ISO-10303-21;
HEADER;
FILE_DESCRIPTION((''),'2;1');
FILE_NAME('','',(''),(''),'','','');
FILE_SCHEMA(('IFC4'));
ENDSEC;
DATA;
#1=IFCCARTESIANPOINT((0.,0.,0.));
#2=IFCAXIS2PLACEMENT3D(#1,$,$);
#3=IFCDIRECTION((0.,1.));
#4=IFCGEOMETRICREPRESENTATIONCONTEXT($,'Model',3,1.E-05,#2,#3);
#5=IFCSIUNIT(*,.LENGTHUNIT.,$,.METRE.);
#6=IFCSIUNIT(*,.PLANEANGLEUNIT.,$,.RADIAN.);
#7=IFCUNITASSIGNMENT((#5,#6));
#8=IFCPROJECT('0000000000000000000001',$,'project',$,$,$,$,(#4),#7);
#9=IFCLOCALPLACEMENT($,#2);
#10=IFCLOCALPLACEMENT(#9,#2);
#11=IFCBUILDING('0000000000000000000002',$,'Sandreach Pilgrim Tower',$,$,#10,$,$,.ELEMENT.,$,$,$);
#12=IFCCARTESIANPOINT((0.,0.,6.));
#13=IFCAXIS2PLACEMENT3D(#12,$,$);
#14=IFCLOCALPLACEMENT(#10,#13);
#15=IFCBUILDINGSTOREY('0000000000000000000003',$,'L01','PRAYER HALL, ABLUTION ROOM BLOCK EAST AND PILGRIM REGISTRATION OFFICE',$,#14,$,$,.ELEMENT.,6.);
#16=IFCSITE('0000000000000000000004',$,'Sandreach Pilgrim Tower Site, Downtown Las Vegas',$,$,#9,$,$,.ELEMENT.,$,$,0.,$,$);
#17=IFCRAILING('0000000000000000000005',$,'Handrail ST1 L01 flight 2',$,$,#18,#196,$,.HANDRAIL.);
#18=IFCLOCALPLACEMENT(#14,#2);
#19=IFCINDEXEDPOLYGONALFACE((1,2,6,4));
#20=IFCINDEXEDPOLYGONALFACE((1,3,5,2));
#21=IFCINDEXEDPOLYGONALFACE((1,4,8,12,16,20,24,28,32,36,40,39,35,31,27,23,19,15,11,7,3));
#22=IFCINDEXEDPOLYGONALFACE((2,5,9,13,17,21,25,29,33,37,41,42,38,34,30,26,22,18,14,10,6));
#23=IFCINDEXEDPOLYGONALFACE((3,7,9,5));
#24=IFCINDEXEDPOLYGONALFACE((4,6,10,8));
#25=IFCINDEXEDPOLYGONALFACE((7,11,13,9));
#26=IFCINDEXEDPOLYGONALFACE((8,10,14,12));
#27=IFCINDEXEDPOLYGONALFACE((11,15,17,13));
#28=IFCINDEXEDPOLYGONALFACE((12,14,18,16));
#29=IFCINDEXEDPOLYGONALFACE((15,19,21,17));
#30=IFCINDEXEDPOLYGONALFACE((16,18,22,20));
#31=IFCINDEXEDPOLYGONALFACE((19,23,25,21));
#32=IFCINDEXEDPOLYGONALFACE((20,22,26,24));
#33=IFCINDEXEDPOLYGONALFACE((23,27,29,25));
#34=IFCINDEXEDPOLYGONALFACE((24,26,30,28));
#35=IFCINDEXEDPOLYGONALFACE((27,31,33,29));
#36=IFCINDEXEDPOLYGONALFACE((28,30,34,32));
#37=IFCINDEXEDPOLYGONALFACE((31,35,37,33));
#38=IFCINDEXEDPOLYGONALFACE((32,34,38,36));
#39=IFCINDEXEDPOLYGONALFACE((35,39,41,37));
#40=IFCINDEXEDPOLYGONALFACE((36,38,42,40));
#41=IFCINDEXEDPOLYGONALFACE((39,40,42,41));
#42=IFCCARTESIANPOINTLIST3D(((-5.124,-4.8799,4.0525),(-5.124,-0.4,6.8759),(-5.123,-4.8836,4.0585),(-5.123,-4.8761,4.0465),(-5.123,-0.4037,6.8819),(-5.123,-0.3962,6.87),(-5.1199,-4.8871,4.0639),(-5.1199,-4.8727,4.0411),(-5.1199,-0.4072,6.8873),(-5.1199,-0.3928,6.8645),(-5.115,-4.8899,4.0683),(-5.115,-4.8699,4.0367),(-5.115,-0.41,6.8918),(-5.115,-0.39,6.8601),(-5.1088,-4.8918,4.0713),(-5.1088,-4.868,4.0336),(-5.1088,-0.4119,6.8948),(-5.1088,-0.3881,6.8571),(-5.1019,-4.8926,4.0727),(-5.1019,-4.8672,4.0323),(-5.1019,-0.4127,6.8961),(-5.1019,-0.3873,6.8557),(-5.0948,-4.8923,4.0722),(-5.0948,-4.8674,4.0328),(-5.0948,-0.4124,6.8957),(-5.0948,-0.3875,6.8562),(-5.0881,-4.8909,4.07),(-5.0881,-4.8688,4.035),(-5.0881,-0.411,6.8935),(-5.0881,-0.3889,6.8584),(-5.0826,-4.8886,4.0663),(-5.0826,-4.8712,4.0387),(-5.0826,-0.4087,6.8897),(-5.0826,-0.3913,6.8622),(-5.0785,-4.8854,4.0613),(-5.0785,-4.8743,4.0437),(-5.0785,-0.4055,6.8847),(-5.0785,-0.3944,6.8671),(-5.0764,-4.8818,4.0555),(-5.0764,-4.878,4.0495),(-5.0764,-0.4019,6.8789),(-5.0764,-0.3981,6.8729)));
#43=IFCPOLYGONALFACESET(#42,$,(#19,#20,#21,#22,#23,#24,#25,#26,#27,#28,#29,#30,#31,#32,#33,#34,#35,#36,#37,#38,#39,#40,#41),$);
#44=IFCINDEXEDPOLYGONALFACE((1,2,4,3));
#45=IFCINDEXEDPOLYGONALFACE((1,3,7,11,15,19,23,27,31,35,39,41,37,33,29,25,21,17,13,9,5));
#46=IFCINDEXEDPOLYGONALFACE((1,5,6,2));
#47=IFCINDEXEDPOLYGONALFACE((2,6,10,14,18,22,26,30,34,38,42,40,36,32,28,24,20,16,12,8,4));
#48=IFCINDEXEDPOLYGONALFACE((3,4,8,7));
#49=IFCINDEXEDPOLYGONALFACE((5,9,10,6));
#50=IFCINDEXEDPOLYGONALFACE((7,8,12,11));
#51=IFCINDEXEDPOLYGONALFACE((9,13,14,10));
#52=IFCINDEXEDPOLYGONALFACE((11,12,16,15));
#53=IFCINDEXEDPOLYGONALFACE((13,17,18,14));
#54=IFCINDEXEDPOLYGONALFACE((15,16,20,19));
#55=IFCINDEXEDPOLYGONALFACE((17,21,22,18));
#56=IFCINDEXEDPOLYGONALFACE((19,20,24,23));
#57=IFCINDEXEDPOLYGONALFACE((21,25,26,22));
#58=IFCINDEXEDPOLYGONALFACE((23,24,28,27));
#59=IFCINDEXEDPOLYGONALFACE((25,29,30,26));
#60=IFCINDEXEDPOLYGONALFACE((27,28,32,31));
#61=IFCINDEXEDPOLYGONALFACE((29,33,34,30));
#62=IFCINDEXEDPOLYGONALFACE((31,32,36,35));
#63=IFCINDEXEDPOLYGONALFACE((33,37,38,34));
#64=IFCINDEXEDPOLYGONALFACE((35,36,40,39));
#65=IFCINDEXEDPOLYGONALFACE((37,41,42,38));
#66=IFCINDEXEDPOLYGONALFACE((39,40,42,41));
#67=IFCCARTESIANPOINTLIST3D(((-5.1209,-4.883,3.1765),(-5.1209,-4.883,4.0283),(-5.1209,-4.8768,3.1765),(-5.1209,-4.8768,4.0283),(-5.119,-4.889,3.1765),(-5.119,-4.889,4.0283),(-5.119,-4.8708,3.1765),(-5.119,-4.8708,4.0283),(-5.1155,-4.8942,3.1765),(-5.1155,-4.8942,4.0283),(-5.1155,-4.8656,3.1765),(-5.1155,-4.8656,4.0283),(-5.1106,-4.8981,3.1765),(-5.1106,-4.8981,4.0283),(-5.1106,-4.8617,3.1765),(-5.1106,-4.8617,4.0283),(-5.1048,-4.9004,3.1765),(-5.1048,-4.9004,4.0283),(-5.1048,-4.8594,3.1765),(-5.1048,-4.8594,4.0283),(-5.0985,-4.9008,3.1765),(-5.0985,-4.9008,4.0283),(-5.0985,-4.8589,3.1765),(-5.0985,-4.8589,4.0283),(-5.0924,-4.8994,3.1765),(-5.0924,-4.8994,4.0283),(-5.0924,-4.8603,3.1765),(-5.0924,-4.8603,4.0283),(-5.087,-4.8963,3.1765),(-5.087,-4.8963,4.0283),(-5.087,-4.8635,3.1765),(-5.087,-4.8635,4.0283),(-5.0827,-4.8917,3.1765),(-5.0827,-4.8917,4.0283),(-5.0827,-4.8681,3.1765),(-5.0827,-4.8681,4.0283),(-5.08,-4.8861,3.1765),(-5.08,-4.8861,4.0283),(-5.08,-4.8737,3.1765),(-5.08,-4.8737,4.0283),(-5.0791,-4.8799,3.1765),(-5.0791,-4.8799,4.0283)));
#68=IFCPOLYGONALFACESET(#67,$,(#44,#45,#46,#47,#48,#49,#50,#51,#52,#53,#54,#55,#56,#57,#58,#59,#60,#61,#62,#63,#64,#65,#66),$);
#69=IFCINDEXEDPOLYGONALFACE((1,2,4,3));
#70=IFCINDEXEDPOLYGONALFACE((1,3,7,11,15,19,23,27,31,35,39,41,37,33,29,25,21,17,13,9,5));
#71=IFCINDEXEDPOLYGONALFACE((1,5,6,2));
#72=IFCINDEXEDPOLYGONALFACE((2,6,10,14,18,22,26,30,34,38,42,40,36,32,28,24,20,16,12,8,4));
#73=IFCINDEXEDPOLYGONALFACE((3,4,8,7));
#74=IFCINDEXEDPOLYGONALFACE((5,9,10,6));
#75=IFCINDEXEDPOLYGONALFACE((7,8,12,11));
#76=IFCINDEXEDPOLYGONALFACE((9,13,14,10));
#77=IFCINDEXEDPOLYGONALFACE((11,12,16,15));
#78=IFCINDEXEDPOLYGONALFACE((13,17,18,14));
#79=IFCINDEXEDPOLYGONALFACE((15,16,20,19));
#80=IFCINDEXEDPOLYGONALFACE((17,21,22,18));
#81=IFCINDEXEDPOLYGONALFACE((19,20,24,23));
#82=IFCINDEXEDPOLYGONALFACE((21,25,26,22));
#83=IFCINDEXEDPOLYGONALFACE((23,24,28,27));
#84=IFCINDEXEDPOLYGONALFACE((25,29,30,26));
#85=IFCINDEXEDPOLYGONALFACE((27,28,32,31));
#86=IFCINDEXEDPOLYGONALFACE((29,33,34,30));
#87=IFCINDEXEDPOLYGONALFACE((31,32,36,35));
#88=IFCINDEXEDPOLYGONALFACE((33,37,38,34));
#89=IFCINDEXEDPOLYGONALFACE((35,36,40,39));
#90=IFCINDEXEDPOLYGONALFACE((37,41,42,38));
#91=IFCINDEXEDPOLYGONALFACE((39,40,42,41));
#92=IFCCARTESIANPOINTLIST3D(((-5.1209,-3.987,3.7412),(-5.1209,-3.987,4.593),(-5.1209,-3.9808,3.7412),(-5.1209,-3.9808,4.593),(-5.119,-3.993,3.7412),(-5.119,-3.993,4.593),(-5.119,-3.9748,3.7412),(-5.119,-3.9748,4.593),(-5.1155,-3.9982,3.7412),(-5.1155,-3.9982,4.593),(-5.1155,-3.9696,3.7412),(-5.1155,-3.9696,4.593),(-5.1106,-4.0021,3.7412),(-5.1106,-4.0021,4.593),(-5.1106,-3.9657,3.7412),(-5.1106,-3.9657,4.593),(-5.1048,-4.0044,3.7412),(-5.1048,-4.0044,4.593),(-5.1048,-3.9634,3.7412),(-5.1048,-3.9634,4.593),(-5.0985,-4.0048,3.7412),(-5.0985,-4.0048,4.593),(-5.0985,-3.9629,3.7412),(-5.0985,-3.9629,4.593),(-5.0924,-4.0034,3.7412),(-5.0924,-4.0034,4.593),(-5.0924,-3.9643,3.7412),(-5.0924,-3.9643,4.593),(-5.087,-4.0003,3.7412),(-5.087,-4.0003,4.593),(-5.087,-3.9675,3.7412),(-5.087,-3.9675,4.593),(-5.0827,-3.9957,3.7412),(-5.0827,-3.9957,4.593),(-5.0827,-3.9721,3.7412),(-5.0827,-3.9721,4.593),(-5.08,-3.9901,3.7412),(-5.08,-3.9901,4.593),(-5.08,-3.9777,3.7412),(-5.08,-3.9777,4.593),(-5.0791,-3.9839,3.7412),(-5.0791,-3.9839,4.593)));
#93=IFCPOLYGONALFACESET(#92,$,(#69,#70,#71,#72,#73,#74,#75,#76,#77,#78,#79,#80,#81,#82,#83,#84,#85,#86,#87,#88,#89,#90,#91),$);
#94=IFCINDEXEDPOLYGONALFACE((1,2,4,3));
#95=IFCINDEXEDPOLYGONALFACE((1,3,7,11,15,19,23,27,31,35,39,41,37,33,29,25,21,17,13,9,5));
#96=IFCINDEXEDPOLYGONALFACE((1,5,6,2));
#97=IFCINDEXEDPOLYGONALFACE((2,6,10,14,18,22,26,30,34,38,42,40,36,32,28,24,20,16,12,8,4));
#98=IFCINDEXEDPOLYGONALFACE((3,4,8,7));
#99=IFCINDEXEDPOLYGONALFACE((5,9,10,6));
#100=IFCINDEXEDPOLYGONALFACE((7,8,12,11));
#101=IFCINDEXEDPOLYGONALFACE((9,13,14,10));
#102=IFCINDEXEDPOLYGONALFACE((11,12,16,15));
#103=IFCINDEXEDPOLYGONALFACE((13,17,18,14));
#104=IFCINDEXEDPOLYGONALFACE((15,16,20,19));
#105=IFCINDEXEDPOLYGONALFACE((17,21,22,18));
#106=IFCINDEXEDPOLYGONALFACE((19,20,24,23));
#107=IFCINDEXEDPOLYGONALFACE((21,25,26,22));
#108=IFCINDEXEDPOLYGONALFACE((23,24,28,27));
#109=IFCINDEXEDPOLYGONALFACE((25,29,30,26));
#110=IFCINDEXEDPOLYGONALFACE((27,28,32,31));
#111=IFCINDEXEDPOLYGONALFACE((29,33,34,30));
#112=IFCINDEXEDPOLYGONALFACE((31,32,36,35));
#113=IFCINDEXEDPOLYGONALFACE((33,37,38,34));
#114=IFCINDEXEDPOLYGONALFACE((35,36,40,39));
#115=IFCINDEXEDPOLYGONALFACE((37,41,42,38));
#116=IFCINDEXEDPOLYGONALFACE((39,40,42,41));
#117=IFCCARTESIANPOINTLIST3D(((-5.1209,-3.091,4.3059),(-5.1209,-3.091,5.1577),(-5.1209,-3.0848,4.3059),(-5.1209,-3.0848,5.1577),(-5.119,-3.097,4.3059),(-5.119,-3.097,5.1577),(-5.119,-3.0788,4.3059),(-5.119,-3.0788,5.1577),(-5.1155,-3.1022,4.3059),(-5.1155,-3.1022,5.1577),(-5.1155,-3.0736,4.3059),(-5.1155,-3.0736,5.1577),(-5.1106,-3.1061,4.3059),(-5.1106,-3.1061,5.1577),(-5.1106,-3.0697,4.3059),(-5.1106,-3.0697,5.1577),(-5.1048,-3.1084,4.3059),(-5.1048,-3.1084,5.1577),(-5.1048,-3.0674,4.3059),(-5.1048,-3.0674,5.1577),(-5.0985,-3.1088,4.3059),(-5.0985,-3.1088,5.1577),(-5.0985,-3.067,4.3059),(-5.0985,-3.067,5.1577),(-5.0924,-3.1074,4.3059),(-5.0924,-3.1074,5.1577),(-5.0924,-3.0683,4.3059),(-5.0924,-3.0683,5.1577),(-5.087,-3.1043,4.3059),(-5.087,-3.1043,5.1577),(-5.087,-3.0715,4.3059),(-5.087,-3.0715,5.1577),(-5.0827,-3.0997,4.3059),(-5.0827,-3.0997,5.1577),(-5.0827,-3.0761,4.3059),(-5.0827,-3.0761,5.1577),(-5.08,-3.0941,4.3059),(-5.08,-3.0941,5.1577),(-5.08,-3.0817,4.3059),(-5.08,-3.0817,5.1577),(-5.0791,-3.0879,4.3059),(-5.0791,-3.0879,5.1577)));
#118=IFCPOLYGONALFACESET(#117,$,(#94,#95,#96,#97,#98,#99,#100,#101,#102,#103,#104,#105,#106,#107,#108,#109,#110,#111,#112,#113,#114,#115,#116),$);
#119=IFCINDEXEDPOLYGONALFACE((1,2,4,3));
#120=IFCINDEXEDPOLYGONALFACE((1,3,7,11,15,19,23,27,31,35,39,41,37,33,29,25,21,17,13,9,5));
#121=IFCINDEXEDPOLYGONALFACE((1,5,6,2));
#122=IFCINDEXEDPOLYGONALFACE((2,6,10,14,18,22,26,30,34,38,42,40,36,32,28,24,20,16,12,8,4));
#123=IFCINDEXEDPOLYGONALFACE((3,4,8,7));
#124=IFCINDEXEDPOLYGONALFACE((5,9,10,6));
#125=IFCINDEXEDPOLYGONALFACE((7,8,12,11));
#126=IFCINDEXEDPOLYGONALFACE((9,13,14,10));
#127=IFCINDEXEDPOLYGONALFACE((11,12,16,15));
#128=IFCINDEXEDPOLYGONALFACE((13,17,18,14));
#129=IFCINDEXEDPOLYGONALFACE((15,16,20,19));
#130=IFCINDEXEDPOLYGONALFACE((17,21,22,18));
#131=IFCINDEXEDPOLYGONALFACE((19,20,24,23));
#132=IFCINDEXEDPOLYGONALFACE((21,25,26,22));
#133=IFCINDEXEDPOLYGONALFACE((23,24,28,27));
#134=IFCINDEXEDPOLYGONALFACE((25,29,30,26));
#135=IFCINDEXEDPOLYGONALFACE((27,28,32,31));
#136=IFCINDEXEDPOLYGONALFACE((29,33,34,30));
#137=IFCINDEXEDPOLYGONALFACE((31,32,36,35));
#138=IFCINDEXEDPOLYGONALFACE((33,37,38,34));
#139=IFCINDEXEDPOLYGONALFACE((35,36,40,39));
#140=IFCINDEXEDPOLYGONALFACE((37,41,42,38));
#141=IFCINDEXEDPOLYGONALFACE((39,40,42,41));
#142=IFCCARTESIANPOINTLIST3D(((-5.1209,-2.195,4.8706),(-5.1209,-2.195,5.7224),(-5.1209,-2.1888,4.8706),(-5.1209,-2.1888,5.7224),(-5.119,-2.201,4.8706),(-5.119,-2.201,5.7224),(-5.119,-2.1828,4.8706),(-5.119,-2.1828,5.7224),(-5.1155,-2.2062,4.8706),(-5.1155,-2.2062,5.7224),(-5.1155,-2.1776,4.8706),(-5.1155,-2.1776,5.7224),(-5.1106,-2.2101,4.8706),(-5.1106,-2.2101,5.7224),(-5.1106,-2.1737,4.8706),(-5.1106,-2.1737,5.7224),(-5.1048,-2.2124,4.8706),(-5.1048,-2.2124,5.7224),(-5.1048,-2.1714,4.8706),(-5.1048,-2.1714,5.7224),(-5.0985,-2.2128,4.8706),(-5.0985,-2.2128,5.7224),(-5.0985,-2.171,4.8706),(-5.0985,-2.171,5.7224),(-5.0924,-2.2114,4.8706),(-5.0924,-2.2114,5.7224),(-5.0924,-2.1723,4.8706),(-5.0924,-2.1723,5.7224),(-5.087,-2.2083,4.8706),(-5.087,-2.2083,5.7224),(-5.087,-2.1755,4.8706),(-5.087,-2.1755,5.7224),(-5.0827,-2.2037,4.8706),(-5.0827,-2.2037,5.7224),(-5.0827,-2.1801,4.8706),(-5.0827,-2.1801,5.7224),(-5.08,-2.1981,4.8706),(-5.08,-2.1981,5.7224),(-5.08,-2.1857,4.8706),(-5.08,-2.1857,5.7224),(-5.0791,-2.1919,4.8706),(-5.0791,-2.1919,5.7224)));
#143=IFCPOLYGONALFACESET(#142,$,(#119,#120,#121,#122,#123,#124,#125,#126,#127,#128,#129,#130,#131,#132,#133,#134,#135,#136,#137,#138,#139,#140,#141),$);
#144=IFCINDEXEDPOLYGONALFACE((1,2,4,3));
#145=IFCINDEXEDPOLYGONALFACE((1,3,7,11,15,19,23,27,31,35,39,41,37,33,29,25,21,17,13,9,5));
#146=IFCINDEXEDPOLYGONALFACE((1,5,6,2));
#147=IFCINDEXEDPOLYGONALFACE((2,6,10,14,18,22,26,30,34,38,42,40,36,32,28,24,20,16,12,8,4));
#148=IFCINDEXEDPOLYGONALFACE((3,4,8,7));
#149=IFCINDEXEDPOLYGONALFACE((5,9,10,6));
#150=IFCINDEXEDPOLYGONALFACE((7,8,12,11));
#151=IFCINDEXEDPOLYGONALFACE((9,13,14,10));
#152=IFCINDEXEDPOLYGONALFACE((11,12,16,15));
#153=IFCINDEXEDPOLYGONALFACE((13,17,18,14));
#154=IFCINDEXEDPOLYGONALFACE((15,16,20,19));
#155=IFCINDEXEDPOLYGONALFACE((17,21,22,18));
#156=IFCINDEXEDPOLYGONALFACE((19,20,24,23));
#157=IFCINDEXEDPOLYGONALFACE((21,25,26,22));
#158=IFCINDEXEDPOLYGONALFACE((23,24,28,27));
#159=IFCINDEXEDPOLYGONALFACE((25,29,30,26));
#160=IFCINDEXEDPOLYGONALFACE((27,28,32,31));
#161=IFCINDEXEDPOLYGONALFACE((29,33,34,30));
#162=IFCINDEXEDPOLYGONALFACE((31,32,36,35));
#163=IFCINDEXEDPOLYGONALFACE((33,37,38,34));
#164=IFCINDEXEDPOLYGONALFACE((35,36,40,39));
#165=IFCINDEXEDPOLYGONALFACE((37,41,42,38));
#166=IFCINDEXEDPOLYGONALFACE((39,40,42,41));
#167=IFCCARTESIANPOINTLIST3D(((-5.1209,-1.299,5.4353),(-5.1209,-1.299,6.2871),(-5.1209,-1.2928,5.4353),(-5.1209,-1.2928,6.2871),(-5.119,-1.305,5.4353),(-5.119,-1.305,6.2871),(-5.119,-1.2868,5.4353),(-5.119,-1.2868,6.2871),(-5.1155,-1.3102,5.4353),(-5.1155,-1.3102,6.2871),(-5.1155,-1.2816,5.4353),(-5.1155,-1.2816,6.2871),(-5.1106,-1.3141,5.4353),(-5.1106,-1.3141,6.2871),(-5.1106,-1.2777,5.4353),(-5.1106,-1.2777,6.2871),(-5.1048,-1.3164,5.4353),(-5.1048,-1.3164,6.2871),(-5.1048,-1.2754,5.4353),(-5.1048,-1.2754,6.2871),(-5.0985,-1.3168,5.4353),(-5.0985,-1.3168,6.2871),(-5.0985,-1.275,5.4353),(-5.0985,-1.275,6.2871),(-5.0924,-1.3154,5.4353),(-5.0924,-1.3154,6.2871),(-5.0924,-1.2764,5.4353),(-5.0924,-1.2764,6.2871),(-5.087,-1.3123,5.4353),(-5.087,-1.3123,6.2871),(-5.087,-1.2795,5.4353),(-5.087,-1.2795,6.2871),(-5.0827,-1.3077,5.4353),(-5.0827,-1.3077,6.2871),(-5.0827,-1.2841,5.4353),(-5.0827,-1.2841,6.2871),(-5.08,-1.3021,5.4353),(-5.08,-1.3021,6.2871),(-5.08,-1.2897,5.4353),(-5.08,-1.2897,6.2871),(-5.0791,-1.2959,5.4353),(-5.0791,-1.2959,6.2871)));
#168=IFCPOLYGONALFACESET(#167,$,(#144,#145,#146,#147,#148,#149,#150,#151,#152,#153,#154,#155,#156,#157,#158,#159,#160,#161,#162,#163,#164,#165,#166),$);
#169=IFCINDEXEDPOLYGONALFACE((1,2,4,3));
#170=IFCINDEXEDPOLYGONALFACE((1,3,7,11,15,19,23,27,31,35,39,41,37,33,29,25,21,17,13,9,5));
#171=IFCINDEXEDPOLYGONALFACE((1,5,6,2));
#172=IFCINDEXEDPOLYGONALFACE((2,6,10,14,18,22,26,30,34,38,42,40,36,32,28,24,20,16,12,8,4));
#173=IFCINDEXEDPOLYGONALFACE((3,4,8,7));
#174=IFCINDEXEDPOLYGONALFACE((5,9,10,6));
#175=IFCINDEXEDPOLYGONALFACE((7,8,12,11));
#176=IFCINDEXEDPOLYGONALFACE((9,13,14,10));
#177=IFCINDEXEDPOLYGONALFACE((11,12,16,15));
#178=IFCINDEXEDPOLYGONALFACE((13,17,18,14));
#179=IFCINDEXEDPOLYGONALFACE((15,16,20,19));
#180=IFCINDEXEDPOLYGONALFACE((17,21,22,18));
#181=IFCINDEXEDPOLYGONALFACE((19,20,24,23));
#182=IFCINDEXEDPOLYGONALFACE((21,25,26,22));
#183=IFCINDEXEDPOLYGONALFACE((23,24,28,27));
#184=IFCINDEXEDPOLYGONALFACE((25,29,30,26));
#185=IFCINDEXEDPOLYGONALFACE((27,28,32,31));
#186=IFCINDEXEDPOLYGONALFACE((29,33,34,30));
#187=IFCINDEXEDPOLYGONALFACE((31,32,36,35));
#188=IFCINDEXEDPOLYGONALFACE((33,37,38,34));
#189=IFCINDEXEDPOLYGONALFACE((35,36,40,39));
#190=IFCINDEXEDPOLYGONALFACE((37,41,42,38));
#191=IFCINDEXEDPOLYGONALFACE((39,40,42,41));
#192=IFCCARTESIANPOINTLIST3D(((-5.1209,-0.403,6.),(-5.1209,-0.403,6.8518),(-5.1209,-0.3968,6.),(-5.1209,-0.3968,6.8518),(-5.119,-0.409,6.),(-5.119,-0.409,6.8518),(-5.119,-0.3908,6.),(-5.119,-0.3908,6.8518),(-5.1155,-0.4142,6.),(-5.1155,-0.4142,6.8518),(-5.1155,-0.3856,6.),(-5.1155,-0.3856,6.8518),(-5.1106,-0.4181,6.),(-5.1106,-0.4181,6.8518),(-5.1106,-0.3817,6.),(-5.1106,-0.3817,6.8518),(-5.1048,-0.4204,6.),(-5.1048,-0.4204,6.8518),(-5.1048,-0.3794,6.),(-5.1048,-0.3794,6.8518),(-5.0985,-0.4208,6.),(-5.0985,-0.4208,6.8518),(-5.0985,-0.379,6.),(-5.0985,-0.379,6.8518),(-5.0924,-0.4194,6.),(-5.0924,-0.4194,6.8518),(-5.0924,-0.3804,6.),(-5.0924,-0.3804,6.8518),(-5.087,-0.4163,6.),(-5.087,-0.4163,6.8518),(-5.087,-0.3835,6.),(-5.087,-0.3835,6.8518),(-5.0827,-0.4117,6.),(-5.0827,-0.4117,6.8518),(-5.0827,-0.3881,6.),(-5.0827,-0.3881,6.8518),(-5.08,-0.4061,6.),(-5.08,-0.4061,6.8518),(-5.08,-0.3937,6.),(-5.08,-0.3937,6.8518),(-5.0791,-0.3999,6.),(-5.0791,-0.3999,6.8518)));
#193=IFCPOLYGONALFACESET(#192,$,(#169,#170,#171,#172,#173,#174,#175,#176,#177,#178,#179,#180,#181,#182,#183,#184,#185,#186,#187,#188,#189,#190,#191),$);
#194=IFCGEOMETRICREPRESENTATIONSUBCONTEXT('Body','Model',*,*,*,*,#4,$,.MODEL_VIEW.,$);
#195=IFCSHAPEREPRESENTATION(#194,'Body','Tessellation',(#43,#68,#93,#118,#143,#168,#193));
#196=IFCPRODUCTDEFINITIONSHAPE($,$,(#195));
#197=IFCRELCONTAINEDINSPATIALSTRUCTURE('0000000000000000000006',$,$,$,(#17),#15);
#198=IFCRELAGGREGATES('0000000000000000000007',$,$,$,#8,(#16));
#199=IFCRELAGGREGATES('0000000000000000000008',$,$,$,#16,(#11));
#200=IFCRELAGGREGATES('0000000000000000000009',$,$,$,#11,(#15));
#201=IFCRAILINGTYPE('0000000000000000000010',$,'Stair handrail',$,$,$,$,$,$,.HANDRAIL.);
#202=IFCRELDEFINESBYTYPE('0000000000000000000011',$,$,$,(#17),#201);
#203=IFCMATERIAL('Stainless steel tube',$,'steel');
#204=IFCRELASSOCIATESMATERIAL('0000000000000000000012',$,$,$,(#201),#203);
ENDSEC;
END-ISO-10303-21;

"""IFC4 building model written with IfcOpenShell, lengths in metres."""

from ifc_helpers import new_model, si_unit, direction, frame, origin, origin_2d, place, context, subcontext, project, spatial, circle, extrude, material, type_object, element, save


model = new_model("IFC4")

# Units and contexts
model_context = context("Model", 3, precision=1e-05, world=origin(), true_north=direction((0.0, 1.0)))
body_context = subcontext(model_context, "Body", "Model", "MODEL_VIEW")
ifc_project = project(units=[si_unit("LENGTHUNIT", "METRE"), si_unit("PLANEANGLEUNIT", "RADIAN")], contexts=[model_context])

# Site, building, storey
site_placement = place(None, origin())
site = spatial("IfcSite", under=ifc_project, at=site_placement, Name="Sandreach Pilgrim Tower Site, Downtown Las Vegas", CompositionType="ELEMENT", RefElevation=0.0)
building_placement = place(site_placement, origin())
building = spatial("IfcBuilding", under=site, at=building_placement, Name="Sandreach Pilgrim Tower", CompositionType="ELEMENT")
storey_placement = place(building_placement, frame((0.0, 0.0, 6.0)))
storey = spatial("IfcBuildingStorey", under=building, at=storey_placement, Name="L01", Description="PRAYER HALL, ABLUTION ROOM BLOCK EAST AND PILGRIM REGISTRATION OFFICE", CompositionType="ELEMENT", Elevation=6.0)

# Railing
ifc_material_1 = material(Name="Stainless steel tube", Category="steel")
railing_type = type_object("IfcRailingType", Name="Stair handrail", PredefinedType="HANDRAIL", material=ifc_material_1)
for number, where, name in (
    (1, (-5.1001, -4.8799, 3.1765), "Handrail ST1 L01 flight 2"),
):
    element("IfcRailing", number, at=place(storey_placement, frame(where)), inside=storey, type_object=railing_type, Name=name, PredefinedType="HANDRAIL", context=body_context, shape_type="SweptSolid", body=[
        extrude(circle(Radius=0.0239, at=origin_2d()), frame((0.0, 0.0, 0.876), z_axis=(0.0, 0.845998, 0.533186), x_axis=(-1.0, 0.0, 0.0)), (0.0, 0.0, 1.0), 5.2954),
        extrude(circle(Radius=0.021, at=origin_2d()), origin(), (0.0, 0.0, 1.0), 0.8518),
        extrude(circle(Radius=0.021, at=origin_2d()), frame((0.0, 0.896, 0.5647)), (0.0, 0.0, 1.0), 0.8518),
        extrude(circle(Radius=0.021, at=origin_2d()), frame((0.0, 1.792, 1.1294)), (0.0, 0.0, 1.0), 0.8518),
        extrude(circle(Radius=0.021, at=origin_2d()), frame((0.0, 2.688, 1.6941)), (0.0, 0.0, 1.0), 0.8518),
        extrude(circle(Radius=0.021, at=origin_2d()), frame((0.0, 3.584, 2.2588)), (0.0, 0.0, 1.0), 0.8518),
        extrude(circle(Radius=0.021, at=origin_2d()), frame((0.0, 4.48, 2.8235)), (0.0, 0.0, 1.0), 0.8518),
    ])

save(model, "model.ifc")
